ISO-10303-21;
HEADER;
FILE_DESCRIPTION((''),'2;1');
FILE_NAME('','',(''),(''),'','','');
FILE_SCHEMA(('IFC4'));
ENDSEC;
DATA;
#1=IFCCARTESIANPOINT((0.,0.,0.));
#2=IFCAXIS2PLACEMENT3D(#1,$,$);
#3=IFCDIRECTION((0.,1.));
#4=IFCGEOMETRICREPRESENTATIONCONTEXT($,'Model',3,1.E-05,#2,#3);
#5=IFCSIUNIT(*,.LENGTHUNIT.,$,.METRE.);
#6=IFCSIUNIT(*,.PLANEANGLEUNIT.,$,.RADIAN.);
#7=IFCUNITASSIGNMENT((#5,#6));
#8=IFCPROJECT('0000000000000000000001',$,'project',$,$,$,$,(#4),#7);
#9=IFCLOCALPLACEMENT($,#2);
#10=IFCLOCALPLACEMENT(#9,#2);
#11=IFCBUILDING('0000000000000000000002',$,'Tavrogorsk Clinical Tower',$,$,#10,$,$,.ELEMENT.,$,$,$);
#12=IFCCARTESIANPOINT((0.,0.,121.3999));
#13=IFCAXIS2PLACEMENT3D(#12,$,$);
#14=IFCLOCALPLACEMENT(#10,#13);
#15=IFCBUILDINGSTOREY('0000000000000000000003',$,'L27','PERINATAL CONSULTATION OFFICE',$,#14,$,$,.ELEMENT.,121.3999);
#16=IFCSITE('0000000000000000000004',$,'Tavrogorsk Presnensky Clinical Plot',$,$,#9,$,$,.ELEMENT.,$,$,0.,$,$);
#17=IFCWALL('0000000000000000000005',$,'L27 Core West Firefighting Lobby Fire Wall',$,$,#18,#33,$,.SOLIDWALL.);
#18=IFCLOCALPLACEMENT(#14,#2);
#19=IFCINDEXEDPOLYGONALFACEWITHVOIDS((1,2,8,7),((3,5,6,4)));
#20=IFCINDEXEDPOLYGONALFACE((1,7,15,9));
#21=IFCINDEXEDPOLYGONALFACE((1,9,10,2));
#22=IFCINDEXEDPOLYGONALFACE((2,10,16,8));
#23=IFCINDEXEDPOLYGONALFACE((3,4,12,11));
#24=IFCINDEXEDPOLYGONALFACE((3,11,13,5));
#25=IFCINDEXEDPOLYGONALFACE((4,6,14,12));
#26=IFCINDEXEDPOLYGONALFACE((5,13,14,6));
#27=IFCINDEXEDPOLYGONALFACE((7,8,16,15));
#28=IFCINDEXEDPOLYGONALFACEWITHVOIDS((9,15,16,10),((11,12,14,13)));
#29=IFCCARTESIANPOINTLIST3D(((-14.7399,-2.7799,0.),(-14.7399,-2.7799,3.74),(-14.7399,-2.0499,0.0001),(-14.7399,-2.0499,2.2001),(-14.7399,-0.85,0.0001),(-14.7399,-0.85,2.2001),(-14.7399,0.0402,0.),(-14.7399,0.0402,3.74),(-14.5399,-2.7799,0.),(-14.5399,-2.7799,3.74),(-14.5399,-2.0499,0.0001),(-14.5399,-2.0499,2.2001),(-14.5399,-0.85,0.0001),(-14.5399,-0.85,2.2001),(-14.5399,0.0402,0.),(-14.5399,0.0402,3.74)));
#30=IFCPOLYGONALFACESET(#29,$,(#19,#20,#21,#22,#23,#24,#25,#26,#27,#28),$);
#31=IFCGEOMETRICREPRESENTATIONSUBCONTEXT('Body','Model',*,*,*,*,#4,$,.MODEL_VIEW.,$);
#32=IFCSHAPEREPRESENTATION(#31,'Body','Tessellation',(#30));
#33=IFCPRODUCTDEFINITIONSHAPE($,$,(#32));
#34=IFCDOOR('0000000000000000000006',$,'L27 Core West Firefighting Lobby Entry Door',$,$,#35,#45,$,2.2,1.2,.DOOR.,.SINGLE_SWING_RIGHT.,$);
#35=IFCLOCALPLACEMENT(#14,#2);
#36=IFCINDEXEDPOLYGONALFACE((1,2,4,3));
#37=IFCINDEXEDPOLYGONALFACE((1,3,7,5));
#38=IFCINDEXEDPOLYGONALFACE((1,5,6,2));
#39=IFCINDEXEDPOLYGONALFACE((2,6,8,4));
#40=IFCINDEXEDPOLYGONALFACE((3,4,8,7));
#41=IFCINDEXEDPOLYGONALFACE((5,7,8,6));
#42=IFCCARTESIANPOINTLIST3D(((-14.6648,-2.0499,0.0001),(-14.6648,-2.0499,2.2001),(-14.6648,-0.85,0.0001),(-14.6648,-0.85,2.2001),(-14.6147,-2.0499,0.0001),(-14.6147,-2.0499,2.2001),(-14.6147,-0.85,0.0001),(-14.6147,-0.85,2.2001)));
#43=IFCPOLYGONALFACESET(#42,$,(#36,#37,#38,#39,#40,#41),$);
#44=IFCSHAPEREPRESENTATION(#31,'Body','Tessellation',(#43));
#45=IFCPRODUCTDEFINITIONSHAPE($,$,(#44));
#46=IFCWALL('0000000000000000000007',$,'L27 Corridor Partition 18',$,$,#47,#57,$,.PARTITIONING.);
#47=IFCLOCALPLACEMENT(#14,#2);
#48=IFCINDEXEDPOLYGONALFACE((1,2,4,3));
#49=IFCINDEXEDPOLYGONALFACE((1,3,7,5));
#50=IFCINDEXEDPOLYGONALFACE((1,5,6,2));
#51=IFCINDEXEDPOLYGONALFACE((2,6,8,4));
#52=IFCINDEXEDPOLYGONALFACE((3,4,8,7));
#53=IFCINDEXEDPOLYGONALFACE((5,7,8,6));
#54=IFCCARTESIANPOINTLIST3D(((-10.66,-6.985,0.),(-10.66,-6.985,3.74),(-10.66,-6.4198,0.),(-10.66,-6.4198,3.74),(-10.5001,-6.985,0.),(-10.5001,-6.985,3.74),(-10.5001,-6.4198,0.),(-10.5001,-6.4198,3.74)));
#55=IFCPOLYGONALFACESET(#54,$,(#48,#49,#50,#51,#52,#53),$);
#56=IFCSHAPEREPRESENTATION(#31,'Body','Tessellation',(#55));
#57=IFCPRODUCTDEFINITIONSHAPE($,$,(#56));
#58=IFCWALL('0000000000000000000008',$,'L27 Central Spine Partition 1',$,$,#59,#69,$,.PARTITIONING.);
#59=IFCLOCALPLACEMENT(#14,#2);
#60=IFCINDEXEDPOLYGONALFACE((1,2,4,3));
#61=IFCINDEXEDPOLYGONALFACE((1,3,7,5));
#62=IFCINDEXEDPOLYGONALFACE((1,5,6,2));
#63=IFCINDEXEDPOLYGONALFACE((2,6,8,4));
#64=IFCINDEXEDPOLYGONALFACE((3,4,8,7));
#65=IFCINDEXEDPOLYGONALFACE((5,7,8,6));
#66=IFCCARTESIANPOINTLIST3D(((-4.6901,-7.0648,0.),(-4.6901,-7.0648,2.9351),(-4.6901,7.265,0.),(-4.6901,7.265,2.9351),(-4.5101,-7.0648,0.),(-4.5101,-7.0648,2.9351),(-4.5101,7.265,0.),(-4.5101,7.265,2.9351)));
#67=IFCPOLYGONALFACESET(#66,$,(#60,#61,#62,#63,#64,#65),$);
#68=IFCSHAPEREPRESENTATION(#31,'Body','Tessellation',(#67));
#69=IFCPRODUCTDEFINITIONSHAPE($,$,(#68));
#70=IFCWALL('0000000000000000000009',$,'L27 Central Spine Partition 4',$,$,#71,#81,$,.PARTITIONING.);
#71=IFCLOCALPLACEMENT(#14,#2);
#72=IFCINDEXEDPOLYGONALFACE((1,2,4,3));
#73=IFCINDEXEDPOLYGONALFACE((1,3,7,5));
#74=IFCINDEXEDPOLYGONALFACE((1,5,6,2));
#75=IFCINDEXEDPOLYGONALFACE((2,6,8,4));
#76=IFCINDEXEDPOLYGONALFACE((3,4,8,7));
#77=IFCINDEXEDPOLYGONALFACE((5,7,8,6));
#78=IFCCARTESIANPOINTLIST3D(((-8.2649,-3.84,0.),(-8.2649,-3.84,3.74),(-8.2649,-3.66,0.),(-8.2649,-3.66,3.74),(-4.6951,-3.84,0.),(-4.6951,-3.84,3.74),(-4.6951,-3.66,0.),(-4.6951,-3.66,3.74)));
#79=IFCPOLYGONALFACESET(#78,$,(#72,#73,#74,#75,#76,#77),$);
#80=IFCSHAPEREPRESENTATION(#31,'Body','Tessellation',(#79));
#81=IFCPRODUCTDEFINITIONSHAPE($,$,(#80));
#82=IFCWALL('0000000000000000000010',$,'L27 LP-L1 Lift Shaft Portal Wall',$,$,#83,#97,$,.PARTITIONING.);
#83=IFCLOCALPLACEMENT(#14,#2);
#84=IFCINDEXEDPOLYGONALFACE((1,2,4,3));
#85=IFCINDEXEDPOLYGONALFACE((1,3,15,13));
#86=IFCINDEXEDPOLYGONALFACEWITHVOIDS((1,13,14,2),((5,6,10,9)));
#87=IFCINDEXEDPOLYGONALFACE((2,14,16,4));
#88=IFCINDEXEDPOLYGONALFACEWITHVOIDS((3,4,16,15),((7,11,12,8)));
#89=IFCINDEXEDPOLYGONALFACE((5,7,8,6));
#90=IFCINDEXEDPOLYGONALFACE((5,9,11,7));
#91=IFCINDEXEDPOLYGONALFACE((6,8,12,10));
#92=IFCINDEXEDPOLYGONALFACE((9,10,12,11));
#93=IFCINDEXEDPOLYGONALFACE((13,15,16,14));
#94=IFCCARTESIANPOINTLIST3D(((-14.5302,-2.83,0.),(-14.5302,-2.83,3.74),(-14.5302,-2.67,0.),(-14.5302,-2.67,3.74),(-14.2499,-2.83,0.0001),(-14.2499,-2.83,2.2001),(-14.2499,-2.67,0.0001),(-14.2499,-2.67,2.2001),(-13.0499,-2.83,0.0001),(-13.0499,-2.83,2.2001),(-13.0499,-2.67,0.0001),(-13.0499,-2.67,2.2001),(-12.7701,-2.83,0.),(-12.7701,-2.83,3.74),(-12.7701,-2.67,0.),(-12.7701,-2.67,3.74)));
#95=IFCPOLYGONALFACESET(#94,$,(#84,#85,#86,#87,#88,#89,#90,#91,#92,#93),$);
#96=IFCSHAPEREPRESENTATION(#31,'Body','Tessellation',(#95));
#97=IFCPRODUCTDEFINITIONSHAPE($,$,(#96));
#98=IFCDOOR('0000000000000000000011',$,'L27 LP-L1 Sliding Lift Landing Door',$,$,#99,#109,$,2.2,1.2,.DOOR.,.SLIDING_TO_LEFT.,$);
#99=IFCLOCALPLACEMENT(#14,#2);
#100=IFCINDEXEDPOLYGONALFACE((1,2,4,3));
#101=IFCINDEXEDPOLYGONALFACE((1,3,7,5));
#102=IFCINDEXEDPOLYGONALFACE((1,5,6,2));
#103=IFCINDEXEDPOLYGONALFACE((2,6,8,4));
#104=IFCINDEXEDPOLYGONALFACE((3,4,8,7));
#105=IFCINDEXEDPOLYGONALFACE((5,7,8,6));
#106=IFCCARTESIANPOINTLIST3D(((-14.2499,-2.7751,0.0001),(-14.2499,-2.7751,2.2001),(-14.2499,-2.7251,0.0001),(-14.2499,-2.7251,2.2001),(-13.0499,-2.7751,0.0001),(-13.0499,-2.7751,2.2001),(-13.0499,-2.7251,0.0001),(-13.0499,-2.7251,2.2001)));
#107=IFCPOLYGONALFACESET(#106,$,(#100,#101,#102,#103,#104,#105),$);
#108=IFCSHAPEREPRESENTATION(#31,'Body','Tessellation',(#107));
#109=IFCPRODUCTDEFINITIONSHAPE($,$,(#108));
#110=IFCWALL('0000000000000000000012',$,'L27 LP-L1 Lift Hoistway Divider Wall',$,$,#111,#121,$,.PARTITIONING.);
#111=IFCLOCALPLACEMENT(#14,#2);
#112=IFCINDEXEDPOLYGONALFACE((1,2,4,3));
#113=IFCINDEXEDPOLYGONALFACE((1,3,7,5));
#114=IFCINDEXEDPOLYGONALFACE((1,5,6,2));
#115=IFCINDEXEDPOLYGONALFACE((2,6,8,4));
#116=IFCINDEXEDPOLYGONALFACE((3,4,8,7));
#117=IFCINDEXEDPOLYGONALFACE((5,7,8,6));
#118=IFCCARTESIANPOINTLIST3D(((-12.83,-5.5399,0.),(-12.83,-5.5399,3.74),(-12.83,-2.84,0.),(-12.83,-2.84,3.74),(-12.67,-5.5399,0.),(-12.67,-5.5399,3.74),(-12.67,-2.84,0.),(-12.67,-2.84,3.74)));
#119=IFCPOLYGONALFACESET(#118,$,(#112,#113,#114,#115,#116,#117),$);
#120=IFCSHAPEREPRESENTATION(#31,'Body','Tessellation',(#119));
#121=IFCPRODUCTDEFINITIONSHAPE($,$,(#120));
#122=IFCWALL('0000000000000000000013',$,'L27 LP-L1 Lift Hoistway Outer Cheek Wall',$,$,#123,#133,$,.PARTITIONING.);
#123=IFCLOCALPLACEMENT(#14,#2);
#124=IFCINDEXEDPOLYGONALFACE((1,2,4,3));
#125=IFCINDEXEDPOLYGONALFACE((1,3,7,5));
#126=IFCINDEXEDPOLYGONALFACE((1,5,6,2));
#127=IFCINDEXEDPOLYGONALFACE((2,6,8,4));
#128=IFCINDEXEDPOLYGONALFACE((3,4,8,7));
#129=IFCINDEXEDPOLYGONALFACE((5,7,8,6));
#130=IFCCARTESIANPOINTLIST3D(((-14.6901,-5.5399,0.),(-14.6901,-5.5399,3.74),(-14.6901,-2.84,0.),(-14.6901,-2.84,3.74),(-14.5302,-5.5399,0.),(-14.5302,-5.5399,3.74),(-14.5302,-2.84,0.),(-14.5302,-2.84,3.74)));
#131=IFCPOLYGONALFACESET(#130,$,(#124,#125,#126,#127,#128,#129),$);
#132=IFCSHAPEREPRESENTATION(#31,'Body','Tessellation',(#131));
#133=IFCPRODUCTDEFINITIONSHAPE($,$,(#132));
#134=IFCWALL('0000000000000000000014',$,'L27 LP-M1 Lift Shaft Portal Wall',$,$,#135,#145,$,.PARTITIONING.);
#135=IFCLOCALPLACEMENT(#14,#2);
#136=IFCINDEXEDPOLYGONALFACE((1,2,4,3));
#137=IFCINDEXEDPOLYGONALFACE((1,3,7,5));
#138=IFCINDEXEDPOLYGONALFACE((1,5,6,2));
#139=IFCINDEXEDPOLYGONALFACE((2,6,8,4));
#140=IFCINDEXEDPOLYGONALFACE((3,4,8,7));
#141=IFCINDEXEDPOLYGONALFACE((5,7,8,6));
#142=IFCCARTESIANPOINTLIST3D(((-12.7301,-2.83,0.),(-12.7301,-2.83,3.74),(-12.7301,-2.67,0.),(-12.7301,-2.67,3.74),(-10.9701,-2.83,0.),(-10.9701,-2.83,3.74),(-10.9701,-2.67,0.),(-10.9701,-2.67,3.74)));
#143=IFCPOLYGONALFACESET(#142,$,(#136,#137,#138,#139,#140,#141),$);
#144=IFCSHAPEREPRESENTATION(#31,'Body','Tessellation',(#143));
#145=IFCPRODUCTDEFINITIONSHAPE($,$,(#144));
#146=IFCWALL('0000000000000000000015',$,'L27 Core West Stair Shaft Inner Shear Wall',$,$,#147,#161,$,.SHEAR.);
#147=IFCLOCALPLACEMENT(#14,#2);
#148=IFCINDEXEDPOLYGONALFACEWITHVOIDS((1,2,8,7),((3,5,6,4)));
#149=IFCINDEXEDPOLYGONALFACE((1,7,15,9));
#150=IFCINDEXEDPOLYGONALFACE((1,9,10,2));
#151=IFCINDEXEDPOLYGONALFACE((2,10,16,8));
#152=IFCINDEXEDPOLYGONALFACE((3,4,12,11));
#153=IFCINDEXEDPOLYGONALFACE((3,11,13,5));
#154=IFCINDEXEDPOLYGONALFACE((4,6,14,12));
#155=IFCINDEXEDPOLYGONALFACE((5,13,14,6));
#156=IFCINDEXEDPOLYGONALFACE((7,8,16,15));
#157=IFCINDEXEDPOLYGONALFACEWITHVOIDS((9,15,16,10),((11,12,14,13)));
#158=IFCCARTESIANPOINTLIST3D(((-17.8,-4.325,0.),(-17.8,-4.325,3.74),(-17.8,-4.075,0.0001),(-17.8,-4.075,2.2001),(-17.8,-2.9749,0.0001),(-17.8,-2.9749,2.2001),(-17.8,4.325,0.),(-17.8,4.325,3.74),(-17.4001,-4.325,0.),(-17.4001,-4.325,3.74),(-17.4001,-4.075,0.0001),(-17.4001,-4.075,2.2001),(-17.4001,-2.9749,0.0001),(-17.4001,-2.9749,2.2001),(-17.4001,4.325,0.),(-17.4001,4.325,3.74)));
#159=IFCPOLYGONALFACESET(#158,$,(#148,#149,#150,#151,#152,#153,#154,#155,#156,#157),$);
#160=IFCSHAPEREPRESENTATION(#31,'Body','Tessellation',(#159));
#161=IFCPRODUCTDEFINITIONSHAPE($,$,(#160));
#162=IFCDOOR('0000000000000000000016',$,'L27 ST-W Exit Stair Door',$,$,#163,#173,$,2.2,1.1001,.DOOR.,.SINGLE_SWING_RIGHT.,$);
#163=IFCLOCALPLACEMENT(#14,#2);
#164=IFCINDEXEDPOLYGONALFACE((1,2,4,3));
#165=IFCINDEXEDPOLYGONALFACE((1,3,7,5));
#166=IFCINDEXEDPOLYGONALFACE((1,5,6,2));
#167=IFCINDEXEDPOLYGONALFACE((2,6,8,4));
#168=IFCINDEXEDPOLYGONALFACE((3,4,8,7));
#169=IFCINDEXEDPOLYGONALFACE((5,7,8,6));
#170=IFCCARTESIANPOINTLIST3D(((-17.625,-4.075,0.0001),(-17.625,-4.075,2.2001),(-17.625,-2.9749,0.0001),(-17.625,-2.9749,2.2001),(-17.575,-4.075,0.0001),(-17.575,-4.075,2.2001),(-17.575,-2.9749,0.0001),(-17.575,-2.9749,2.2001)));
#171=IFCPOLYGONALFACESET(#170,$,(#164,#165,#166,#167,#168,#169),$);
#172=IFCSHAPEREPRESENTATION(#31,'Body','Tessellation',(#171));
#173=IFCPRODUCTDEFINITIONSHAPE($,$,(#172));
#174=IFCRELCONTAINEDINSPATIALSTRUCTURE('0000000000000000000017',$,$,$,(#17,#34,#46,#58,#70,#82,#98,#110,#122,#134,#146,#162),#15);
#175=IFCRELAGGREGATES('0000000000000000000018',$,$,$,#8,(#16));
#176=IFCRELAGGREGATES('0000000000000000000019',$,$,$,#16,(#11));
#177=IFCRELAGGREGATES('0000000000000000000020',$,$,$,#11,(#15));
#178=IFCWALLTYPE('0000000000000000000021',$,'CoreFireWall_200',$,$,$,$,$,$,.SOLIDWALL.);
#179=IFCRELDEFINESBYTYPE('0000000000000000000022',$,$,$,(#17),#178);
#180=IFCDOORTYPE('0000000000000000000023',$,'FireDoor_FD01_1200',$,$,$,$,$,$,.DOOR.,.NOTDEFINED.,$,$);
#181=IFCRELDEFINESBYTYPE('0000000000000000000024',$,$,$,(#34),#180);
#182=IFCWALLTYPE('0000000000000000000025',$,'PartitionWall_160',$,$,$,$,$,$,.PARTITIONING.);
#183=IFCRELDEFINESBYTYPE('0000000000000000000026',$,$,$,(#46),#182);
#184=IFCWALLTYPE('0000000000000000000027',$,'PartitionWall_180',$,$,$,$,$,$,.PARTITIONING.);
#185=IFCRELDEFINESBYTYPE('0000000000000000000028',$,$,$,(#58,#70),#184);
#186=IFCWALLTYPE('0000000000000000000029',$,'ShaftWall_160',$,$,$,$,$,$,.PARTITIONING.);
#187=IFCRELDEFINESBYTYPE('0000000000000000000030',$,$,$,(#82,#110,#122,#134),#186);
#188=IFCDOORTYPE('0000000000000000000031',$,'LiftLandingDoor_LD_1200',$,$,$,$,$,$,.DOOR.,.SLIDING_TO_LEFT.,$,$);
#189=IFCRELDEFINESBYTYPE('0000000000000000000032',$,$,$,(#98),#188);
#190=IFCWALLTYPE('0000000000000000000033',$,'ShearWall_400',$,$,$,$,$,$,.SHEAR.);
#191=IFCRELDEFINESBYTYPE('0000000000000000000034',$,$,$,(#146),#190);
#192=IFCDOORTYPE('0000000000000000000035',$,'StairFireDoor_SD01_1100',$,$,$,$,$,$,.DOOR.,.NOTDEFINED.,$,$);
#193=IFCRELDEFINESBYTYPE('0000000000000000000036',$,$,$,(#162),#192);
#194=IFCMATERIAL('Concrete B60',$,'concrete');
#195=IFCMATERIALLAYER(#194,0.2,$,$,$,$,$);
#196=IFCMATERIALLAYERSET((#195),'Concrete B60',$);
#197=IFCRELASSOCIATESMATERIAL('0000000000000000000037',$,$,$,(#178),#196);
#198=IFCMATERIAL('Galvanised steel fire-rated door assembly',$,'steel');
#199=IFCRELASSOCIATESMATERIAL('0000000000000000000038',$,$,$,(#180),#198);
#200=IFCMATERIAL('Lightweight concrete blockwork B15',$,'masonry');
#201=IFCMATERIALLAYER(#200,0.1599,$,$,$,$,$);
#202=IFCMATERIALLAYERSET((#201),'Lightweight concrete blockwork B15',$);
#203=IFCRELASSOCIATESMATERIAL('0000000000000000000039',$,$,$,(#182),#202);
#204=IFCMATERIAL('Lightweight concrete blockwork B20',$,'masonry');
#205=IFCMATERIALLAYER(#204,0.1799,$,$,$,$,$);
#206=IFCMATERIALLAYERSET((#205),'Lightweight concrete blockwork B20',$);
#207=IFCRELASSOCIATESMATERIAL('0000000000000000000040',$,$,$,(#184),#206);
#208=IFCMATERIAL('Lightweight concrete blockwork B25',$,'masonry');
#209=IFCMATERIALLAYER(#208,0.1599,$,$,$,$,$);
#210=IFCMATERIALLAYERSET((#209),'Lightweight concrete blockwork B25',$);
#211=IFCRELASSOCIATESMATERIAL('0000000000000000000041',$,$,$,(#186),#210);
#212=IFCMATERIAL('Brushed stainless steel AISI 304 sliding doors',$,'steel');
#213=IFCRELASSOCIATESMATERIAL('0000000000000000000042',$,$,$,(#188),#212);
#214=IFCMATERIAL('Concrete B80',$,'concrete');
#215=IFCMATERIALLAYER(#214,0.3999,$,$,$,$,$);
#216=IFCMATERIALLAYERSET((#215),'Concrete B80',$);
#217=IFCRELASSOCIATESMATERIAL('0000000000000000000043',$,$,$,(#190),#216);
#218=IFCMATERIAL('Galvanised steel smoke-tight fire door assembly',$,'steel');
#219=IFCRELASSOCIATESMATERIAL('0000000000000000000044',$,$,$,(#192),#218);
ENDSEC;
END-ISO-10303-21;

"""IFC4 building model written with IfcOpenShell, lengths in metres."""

from ifc_helpers import new_model, si_unit, direction, frame, frame_2d, origin, place, context, subcontext, project, spatial, rectangle, extrude, material, layer, layer_set, type_object, element, fill, save


model = new_model("IFC4")

# Units and contexts
model_context = context("Model", 3, precision=1e-05, world=origin(), true_north=direction((0.0, 1.0)))
body_context = subcontext(model_context, "Body", "Model", "MODEL_VIEW")
ifc_project = project(units=[si_unit("LENGTHUNIT", "METRE"), si_unit("PLANEANGLEUNIT", "RADIAN")], contexts=[model_context])

# Site, building, storey
site_placement = place(None, origin())
site = spatial("IfcSite", under=ifc_project, at=site_placement, Name="Tavrogorsk Presnensky Clinical Plot", CompositionType="ELEMENT", RefElevation=0.0)
building_placement = place(site_placement, origin())
building = spatial("IfcBuilding", under=site, at=building_placement, Name="Tavrogorsk Clinical Tower", CompositionType="ELEMENT")
storey_placement = place(building_placement, frame((0.0, 0.0, 121.3999)))
storey = spatial("IfcBuildingStorey", under=building, at=storey_placement, Name="L27", Description="PERINATAL CONSULTATION OFFICE", CompositionType="ELEMENT", Elevation=121.3999)

# Wall, opening, door
ifc_material_1 = material(Name="Concrete B60", Category="concrete")
ifc_layer_1 = layer(ifc_material_1, 0.2)
ifc_layer_set_1 = layer_set([ifc_layer_1], Name="Concrete B60")
wall_type_1 = type_object("IfcWallType", Name="CoreFireWall_200", PredefinedType="SOLIDWALL", material=ifc_layer_set_1)
wall_1_placement = place(storey_placement, frame((-14.6399, -2.78, 0.0), z_axis=(0.0, 0.0, 1.0), x_axis=(0.0, 1.0, 0.0)))
wall_1 = element("IfcWall", 1, at=wall_1_placement, inside=storey, type_object=wall_type_1, Name="L27 Core West Firefighting Lobby Fire Wall", PredefinedType="SOLIDWALL", context=body_context, shape_type="SweptSolid", body=[
    extrude(rectangle(XDim=2.8201, YDim=0.2, at=frame_2d((1.4102, 0.0))), origin(), (0.0, 0.0, 1.0), 3.74),
])
opening_1_placement = place(wall_1_placement, frame((0.73, 0.0, 0.0)))
opening_1 = element("IfcOpeningElement", 2, at=opening_1_placement, cuts=wall_1, PredefinedType="OPENING", context=body_context, shape_type="SweptSolid", body=[
    extrude(rectangle(XDim=1.2, YDim=2.2, at=frame_2d((0.6001, 1.1001))), frame((0.0, 0.1099, 0.0), z_axis=(0.0, -1.0, 0.0), x_axis=(1.0, 0.0, 0.0)), (0.0, 0.0, 1.0), 0.22),
])
ifc_material_2 = material(Name="Galvanised steel fire-rated door assembly", Category="steel")
door_type_1 = type_object("IfcDoorType", Name="FireDoor_FD01_1200", OperationType="NOTDEFINED", PredefinedType="DOOR", material=ifc_material_2)
door_1_placement = place(opening_1_placement, origin())
door_1 = element("IfcDoor", 3, at=door_1_placement, inside=storey, type_object=door_type_1, Name="L27 Core West Firefighting Lobby Entry Door", OperationType="SINGLE_SWING_RIGHT", OverallHeight=2.2, OverallWidth=1.2, PredefinedType="DOOR", context=body_context, shape_type="SweptSolid", body=[
    extrude(rectangle(XDim=1.2, YDim=2.2, at=frame_2d((0.6001, 1.1001))), frame((0.0, 0.0249, 0.0), z_axis=(0.0, -1.0, 0.0), x_axis=(1.0, 0.0, 0.0)), (0.0, 0.0, 1.0), 0.05),
])
fill(opening_1, door_1)

# Walls
ifc_material_3 = material(Name="Lightweight concrete blockwork B15", Category="masonry")
ifc_layer_2 = layer(ifc_material_3, 0.1599)
ifc_layer_set_2 = layer_set([ifc_layer_2], Name="Lightweight concrete blockwork B15")
wall_type_2 = type_object("IfcWallType", Name="PartitionWall_160", PredefinedType="PARTITIONING", material=ifc_layer_set_2)
wall_2_placement = place(storey_placement, frame((-10.5801, -6.9851, 0.0), z_axis=(0.0, 0.0, 1.0), x_axis=(0.0, 1.0, 0.0)))
element("IfcWall", 4, at=wall_2_placement, inside=storey, type_object=wall_type_2, Name="L27 Corridor Partition 18", PredefinedType="PARTITIONING", context=body_context, shape_type="SweptSolid", body=[
    extrude(rectangle(XDim=0.5652, YDim=0.1599, at=frame_2d((0.2827, 0.0))), origin(), (0.0, 0.0, 1.0), 3.74),
])
ifc_material_4 = material(Name="Lightweight concrete blockwork B20", Category="masonry")
ifc_layer_3 = layer(ifc_material_4, 0.1799)
ifc_layer_set_3 = layer_set([ifc_layer_3], Name="Lightweight concrete blockwork B20")
wall_type_3 = type_object("IfcWallType", Name="PartitionWall_180", PredefinedType="PARTITIONING", material=ifc_layer_set_3)
wall_3_placement = place(storey_placement, frame((-4.6001, -7.0649, 0.0), z_axis=(0.0, 0.0, 1.0), x_axis=(0.0, 1.0, 0.0)))
element("IfcWall", 5, at=wall_3_placement, inside=storey, type_object=wall_type_3, Name="L27 Central Spine Partition 1", PredefinedType="PARTITIONING", context=body_context, shape_type="SweptSolid", body=[
    extrude(rectangle(XDim=14.3298, YDim=0.1799, at=frame_2d((7.165, 0.0))), origin(), (0.0, 0.0, 1.0), 2.9351),
])
wall_4_placement = place(storey_placement, frame((-8.2649, -3.75, 0.0), z_axis=(0.0, 0.0, 1.0), x_axis=(1.0, 0.0, 0.0)))
element("IfcWall", 6, at=wall_4_placement, inside=storey, type_object=wall_type_3, Name="L27 Central Spine Partition 4", PredefinedType="PARTITIONING", context=body_context, shape_type="SweptSolid", body=[
    extrude(rectangle(XDim=3.5698, YDim=0.1799, at=frame_2d((1.7849, 0.0))), origin(), (0.0, 0.0, 1.0), 3.74),
])

# Wall, opening, door
ifc_material_5 = material(Name="Lightweight concrete blockwork B25", Category="masonry")
ifc_layer_4 = layer(ifc_material_5, 0.1599)
ifc_layer_set_4 = layer_set([ifc_layer_4], Name="Lightweight concrete blockwork B25")
wall_type_4 = type_object("IfcWallType", Name="ShaftWall_160", PredefinedType="PARTITIONING", material=ifc_layer_set_4)
wall_5_placement = place(storey_placement, frame((-14.53, -2.75, 0.0), z_axis=(0.0, 0.0, 1.0), x_axis=(1.0, 0.0, 0.0)))
wall_5 = element("IfcWall", 7, at=wall_5_placement, inside=storey, type_object=wall_type_4, Name="L27 LP-L1 Lift Shaft Portal Wall", PredefinedType="PARTITIONING", context=body_context, shape_type="SweptSolid", body=[
    extrude(rectangle(XDim=1.76, YDim=0.1599, at=frame_2d((0.8799, 0.0))), origin(), (0.0, 0.0, 1.0), 3.74),
])
opening_2_placement = place(wall_5_placement, frame((0.28, 0.0, 0.0)))
opening_2 = element("IfcOpeningElement", 8, at=opening_2_placement, cuts=wall_5, PredefinedType="OPENING", context=body_context, shape_type="SweptSolid", body=[
    extrude(rectangle(XDim=1.2, YDim=2.2, at=frame_2d((0.6001, 1.1001))), frame((0.0, 0.0898, 0.0), z_axis=(0.0, -1.0, 0.0), x_axis=(1.0, 0.0, 0.0)), (0.0, 0.0, 1.0), 0.1799),
])
ifc_material_6 = material(Name="Brushed stainless steel AISI 304 sliding doors", Category="steel")
door_type_2 = type_object("IfcDoorType", Name="LiftLandingDoor_LD_1200", OperationType="SLIDING_TO_LEFT", PredefinedType="DOOR", material=ifc_material_6)
door_2_placement = place(opening_2_placement, origin())
door_2 = element("IfcDoor", 9, at=door_2_placement, inside=storey, type_object=door_type_2, Name="L27 LP-L1 Sliding Lift Landing Door", OperationType="SLIDING_TO_LEFT", OverallHeight=2.2, OverallWidth=1.2, PredefinedType="DOOR", context=body_context, shape_type="SweptSolid", body=[
    extrude(rectangle(XDim=1.2, YDim=2.2, at=frame_2d((0.6001, 1.1001))), frame((0.0, 0.0249, 0.0), z_axis=(0.0, -1.0, 0.0), x_axis=(1.0, 0.0, 0.0)), (0.0, 0.0, 1.0), 0.05),
])
fill(opening_2, door_2)

# Walls
for number, where, z_axis, x_axis, name in (
    (10, (-12.75, -5.54, 0.0), (0.0, 0.0, 1.0), (0.0, 1.0, 0.0), "L27 LP-L1 Lift Hoistway Divider Wall"),
    (11, (-14.6101, -5.54, 0.0), (0.0, 0.0, 1.0), (0.0, 1.0, 0.0), "L27 LP-L1 Lift Hoistway Outer Cheek Wall"),
):
    element("IfcWall", number, at=place(storey_placement, frame(where, z_axis=z_axis, x_axis=x_axis)), inside=storey, type_object=wall_type_4, Name=name, PredefinedType="PARTITIONING", context=body_context, shape_type="SweptSolid", body=[
        extrude(rectangle(XDim=2.7, YDim=0.1599, at=frame_2d((1.3501, 0.0))), origin(), (0.0, 0.0, 1.0), 3.74),
    ])
wall_6_placement = place(storey_placement, frame((-12.73, -2.75, 0.0), z_axis=(0.0, 0.0, 1.0), x_axis=(1.0, 0.0, 0.0)))
element("IfcWall", 12, at=wall_6_placement, inside=storey, type_object=wall_type_4, Name="L27 LP-M1 Lift Shaft Portal Wall", PredefinedType="PARTITIONING", context=body_context, shape_type="SweptSolid", body=[
    extrude(rectangle(XDim=1.76, YDim=0.1599, at=frame_2d((0.8799, 0.0))), origin(), (0.0, 0.0, 1.0), 3.74),
])

# Wall, opening, door
ifc_material_7 = material(Name="Concrete B80", Category="concrete")
ifc_layer_5 = layer(ifc_material_7, 0.3999)
ifc_layer_set_5 = layer_set([ifc_layer_5], Name="Concrete B80")
wall_type_5 = type_object("IfcWallType", Name="ShearWall_400", PredefinedType="SHEAR", material=ifc_layer_set_5)
wall_7_placement = place(storey_placement, frame((-17.6001, -4.325, 0.0), z_axis=(0.0, 0.0, 1.0), x_axis=(0.0, 1.0, 0.0)))
wall_7 = element("IfcWall", 13, at=wall_7_placement, inside=storey, type_object=wall_type_5, Name="L27 Core West Stair Shaft Inner Shear Wall", PredefinedType="SHEAR", context=body_context, shape_type="SweptSolid", body=[
    extrude(rectangle(XDim=8.6499, YDim=0.3999, at=frame_2d((4.325, 0.0))), origin(), (0.0, 0.0, 1.0), 3.74),
])
opening_3_placement = place(wall_7_placement, frame((0.25, 0.0, 0.0)))
opening_3 = element("IfcOpeningElement", 14, at=opening_3_placement, cuts=wall_7, PredefinedType="OPENING", context=body_context, shape_type="SweptSolid", body=[
    extrude(rectangle(XDim=1.1001, YDim=2.2, at=frame_2d((0.55, 1.1001))), frame((0.0, 0.21, 0.0), z_axis=(0.0, -1.0, 0.0), x_axis=(1.0, 0.0, 0.0)), (0.0, 0.0, 1.0), 0.4199),
])
ifc_material_8 = material(Name="Galvanised steel smoke-tight fire door assembly", Category="steel")
door_type_3 = type_object("IfcDoorType", Name="StairFireDoor_SD01_1100", OperationType="NOTDEFINED", PredefinedType="DOOR", material=ifc_material_8)
door_3_placement = place(opening_3_placement, origin())
door_3 = element("IfcDoor", 15, at=door_3_placement, inside=storey, type_object=door_type_3, Name="L27 ST-W Exit Stair Door", OperationType="SINGLE_SWING_RIGHT", OverallHeight=2.2, OverallWidth=1.1001, PredefinedType="DOOR", context=body_context, shape_type="SweptSolid", body=[
    extrude(rectangle(XDim=1.1001, YDim=2.2, at=frame_2d((0.55, 1.1001))), frame((0.0, 0.0249, 0.0), z_axis=(0.0, -1.0, 0.0), x_axis=(1.0, 0.0, 0.0)), (0.0, 0.0, 1.0), 0.05),
])
fill(opening_3, door_3)

save(model, "model.ifc")
